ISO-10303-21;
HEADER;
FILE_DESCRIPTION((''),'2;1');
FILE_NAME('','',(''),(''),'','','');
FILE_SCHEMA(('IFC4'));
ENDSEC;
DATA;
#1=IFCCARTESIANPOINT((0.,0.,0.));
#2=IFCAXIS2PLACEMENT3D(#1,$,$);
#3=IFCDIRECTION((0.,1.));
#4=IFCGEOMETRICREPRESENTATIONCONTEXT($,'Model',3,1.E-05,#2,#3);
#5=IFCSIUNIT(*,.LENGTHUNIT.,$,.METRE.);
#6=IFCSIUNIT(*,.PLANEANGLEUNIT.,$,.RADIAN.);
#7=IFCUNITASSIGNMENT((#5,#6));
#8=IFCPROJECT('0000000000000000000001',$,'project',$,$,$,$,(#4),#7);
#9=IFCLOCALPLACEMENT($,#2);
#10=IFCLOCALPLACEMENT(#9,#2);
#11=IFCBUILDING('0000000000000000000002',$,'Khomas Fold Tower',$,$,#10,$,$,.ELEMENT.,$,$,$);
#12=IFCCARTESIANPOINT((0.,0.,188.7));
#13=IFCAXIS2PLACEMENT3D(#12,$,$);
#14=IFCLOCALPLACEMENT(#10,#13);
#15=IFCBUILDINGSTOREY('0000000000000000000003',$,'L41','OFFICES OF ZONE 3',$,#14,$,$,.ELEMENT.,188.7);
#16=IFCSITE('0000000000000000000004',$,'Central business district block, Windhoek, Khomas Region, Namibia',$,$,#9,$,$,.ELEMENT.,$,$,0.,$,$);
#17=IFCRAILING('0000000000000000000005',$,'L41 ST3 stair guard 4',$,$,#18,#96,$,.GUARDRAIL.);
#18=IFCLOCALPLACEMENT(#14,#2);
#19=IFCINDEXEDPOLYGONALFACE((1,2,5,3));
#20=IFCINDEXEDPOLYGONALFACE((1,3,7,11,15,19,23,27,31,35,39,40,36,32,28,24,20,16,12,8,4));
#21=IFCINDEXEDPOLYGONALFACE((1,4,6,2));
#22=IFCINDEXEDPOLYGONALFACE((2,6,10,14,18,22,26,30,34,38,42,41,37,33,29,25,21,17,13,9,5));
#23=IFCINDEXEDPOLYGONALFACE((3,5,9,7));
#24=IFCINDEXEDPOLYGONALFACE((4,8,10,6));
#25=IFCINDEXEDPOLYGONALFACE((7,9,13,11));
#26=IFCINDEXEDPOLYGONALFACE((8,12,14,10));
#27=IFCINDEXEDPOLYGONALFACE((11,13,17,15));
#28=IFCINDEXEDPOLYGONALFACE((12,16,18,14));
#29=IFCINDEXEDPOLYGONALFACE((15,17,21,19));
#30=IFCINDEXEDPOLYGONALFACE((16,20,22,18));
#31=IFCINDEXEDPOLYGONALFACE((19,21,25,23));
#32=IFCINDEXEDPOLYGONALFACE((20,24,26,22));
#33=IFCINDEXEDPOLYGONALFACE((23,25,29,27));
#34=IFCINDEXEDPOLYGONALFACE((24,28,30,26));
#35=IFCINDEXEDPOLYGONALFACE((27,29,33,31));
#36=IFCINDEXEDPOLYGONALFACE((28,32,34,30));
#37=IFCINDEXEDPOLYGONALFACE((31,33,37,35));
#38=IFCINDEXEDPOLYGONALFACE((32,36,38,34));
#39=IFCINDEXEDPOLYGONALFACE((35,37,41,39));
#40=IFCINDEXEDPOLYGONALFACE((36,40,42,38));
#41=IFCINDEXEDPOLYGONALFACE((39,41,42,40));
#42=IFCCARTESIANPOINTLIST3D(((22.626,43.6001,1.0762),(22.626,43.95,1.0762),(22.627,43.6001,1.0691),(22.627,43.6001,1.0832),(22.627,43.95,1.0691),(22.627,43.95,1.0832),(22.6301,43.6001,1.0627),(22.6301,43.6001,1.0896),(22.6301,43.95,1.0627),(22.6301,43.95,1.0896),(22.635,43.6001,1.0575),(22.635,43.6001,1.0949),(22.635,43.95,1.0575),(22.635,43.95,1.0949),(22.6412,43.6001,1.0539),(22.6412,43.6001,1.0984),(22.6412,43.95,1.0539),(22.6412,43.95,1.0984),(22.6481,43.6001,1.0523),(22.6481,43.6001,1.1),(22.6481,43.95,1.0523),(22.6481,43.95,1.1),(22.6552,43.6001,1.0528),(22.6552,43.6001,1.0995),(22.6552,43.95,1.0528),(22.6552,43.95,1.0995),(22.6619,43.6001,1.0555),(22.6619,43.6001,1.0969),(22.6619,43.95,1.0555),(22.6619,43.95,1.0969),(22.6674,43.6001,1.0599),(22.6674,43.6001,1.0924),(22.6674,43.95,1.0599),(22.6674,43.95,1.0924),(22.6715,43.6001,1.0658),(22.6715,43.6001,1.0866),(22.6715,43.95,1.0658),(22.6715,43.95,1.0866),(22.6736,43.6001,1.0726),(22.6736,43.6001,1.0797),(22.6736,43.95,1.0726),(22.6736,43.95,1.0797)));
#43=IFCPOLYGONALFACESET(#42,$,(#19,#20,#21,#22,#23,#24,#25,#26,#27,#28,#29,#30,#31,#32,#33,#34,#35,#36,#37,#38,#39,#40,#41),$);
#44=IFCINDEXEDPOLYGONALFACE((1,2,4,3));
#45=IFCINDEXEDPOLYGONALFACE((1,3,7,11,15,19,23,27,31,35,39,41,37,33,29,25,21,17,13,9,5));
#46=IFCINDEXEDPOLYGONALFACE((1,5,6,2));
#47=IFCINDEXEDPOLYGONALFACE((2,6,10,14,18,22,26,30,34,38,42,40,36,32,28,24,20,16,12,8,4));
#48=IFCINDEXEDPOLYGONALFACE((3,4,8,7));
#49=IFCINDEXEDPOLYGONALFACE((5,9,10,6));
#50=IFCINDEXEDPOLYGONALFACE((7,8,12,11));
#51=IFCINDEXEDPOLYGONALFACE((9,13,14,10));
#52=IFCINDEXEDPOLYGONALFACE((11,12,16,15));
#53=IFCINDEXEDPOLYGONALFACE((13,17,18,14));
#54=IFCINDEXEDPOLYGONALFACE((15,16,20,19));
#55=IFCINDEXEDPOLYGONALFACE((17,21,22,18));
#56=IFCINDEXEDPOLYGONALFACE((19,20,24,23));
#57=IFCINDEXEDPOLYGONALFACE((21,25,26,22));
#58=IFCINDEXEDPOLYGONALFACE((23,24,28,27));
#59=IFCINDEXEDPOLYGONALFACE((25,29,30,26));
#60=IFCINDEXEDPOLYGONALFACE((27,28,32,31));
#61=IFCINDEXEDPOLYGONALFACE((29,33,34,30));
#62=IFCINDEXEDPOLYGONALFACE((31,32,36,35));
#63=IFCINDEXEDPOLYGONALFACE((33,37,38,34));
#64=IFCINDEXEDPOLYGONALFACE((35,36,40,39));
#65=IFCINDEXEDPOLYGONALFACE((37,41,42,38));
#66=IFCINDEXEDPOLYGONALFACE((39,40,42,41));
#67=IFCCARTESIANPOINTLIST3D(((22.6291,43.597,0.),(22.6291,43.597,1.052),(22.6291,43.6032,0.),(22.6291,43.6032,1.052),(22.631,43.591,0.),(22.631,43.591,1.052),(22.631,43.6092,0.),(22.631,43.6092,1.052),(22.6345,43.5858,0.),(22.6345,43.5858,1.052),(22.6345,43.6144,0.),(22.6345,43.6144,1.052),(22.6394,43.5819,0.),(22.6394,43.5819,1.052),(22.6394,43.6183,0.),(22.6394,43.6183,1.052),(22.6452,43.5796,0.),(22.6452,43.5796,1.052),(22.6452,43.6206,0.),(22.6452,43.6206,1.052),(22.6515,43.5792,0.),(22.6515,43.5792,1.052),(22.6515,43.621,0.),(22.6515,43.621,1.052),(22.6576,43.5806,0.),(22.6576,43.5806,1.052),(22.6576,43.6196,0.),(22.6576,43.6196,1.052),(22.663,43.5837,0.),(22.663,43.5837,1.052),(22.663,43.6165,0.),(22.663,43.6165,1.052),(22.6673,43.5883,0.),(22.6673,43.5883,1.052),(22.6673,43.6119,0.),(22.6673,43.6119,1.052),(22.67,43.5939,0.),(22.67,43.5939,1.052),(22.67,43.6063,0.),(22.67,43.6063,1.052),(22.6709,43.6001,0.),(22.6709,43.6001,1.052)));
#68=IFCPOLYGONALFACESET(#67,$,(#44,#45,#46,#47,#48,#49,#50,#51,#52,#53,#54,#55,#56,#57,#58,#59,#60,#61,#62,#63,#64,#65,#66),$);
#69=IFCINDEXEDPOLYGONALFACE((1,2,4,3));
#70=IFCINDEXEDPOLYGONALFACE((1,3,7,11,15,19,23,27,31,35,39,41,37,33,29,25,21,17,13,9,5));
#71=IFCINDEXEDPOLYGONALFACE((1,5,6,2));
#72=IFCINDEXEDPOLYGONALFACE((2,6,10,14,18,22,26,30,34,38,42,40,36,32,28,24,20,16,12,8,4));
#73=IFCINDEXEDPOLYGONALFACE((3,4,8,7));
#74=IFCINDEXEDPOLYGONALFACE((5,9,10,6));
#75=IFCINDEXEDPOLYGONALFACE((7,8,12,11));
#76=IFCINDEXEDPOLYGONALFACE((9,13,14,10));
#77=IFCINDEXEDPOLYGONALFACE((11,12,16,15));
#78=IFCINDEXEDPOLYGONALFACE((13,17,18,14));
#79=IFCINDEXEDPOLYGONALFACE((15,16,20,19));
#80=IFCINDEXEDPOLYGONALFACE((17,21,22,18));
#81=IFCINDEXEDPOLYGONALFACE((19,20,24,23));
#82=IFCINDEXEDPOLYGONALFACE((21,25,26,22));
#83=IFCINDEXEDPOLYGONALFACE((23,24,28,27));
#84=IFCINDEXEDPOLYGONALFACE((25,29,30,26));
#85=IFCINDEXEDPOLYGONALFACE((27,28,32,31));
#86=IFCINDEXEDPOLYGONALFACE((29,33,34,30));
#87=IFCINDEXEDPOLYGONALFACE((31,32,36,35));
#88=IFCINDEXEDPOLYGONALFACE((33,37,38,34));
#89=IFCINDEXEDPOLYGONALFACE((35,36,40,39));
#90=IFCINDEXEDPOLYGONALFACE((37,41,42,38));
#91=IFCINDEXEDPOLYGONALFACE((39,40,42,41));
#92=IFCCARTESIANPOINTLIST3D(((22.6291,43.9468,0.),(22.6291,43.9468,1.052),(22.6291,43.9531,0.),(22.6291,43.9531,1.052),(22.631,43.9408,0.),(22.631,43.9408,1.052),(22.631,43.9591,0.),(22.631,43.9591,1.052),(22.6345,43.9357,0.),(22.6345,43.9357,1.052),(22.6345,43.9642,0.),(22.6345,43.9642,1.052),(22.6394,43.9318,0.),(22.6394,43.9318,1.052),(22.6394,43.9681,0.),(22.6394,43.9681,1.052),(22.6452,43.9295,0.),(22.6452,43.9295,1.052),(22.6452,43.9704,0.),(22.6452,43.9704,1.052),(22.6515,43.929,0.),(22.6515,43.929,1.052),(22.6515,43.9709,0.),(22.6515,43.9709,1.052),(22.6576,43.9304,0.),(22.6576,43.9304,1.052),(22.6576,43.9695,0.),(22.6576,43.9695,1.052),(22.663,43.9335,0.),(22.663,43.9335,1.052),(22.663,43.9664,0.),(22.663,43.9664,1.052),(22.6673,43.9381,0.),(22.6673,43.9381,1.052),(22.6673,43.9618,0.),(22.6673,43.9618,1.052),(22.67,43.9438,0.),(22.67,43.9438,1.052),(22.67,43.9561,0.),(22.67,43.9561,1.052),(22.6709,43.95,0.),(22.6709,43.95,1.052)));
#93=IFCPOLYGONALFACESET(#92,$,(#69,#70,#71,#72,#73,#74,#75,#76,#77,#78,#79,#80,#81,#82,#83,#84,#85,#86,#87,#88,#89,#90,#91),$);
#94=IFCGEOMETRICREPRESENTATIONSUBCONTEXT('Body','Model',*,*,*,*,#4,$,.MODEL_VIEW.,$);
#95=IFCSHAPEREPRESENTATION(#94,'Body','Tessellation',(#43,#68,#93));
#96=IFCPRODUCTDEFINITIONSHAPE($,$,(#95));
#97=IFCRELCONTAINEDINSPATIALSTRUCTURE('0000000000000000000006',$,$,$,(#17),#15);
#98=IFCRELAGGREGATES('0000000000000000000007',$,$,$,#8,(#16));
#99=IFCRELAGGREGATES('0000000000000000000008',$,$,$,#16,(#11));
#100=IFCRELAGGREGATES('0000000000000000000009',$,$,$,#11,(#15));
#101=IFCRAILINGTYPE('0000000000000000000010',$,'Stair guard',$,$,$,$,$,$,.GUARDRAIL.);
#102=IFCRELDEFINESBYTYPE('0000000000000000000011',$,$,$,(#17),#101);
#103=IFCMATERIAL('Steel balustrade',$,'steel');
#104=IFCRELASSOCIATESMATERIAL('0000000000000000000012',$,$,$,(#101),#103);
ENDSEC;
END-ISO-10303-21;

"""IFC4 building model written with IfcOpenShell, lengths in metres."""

from ifc_helpers import new_model, si_unit, direction, frame, origin, origin_2d, place, context, subcontext, project, spatial, circle, extrude, source, transform, mapped, material, type_object, element, save


model = new_model("IFC4")

# Units and contexts
model_context = context("Model", 3, precision=1e-05, world=origin(), true_north=direction((0.0, 1.0)))
body_context = subcontext(model_context, "Body", "Model", "MODEL_VIEW")
ifc_project = project(units=[si_unit("LENGTHUNIT", "METRE"), si_unit("PLANEANGLEUNIT", "RADIAN")], contexts=[model_context])

# Site, building, storey
site_placement = place(None, origin())
site = spatial("IfcSite", under=ifc_project, at=site_placement, Name="Central business district block, Windhoek, Khomas Region, Namibia", CompositionType="ELEMENT", RefElevation=0.0)
building_placement = place(site_placement, origin())
building = spatial("IfcBuilding", under=site, at=building_placement, Name="Khomas Fold Tower", CompositionType="ELEMENT")
storey_placement = place(building_placement, frame((0.0, 0.0, 188.7)))
storey = spatial("IfcBuildingStorey", under=building, at=storey_placement, Name="L41", Description="OFFICES OF ZONE 3", CompositionType="ELEMENT", Elevation=188.7)

# Railing
ifc_material_1 = material(Name="Steel balustrade", Category="steel")
railing_type_1 = type_object("IfcRailingType", Name="Stair guard", PredefinedType="GUARDRAIL", material=ifc_material_1)
shared_shape_1 = source(origin(), body_context, "Body", "SweptSolid", [
    extrude(circle(Radius=0.0239, at=origin_2d()), frame((0.0, 0.0, 1.0762), z_axis=(0.0, 1.0, 0.0), x_axis=(-1.0, 0.0, 0.0)), (0.0, 0.0, 1.0), 0.3499),
    extrude(circle(Radius=0.021, at=origin_2d()), origin(), (0.0, 0.0, 1.0), 1.052),
    extrude(circle(Radius=0.021, at=origin_2d()), frame((0.0, 0.3499, 0.0)), (0.0, 0.0, 1.0), 1.052),
])
for number, where, name in (
    (1, (22.6499, 43.6001, 0.0), "L41 ST3 stair guard 4"),
):
    element("IfcRailing", number, at=place(storey_placement, frame(where)), inside=storey, type_object=railing_type_1, Name=name, PredefinedType="GUARDRAIL", context=body_context, shape_type="MappedRepresentation", body=[
        mapped(shared_shape_1, transform((0.0, 0.0, 0.0))),
    ])

save(model, "model.ifc")
